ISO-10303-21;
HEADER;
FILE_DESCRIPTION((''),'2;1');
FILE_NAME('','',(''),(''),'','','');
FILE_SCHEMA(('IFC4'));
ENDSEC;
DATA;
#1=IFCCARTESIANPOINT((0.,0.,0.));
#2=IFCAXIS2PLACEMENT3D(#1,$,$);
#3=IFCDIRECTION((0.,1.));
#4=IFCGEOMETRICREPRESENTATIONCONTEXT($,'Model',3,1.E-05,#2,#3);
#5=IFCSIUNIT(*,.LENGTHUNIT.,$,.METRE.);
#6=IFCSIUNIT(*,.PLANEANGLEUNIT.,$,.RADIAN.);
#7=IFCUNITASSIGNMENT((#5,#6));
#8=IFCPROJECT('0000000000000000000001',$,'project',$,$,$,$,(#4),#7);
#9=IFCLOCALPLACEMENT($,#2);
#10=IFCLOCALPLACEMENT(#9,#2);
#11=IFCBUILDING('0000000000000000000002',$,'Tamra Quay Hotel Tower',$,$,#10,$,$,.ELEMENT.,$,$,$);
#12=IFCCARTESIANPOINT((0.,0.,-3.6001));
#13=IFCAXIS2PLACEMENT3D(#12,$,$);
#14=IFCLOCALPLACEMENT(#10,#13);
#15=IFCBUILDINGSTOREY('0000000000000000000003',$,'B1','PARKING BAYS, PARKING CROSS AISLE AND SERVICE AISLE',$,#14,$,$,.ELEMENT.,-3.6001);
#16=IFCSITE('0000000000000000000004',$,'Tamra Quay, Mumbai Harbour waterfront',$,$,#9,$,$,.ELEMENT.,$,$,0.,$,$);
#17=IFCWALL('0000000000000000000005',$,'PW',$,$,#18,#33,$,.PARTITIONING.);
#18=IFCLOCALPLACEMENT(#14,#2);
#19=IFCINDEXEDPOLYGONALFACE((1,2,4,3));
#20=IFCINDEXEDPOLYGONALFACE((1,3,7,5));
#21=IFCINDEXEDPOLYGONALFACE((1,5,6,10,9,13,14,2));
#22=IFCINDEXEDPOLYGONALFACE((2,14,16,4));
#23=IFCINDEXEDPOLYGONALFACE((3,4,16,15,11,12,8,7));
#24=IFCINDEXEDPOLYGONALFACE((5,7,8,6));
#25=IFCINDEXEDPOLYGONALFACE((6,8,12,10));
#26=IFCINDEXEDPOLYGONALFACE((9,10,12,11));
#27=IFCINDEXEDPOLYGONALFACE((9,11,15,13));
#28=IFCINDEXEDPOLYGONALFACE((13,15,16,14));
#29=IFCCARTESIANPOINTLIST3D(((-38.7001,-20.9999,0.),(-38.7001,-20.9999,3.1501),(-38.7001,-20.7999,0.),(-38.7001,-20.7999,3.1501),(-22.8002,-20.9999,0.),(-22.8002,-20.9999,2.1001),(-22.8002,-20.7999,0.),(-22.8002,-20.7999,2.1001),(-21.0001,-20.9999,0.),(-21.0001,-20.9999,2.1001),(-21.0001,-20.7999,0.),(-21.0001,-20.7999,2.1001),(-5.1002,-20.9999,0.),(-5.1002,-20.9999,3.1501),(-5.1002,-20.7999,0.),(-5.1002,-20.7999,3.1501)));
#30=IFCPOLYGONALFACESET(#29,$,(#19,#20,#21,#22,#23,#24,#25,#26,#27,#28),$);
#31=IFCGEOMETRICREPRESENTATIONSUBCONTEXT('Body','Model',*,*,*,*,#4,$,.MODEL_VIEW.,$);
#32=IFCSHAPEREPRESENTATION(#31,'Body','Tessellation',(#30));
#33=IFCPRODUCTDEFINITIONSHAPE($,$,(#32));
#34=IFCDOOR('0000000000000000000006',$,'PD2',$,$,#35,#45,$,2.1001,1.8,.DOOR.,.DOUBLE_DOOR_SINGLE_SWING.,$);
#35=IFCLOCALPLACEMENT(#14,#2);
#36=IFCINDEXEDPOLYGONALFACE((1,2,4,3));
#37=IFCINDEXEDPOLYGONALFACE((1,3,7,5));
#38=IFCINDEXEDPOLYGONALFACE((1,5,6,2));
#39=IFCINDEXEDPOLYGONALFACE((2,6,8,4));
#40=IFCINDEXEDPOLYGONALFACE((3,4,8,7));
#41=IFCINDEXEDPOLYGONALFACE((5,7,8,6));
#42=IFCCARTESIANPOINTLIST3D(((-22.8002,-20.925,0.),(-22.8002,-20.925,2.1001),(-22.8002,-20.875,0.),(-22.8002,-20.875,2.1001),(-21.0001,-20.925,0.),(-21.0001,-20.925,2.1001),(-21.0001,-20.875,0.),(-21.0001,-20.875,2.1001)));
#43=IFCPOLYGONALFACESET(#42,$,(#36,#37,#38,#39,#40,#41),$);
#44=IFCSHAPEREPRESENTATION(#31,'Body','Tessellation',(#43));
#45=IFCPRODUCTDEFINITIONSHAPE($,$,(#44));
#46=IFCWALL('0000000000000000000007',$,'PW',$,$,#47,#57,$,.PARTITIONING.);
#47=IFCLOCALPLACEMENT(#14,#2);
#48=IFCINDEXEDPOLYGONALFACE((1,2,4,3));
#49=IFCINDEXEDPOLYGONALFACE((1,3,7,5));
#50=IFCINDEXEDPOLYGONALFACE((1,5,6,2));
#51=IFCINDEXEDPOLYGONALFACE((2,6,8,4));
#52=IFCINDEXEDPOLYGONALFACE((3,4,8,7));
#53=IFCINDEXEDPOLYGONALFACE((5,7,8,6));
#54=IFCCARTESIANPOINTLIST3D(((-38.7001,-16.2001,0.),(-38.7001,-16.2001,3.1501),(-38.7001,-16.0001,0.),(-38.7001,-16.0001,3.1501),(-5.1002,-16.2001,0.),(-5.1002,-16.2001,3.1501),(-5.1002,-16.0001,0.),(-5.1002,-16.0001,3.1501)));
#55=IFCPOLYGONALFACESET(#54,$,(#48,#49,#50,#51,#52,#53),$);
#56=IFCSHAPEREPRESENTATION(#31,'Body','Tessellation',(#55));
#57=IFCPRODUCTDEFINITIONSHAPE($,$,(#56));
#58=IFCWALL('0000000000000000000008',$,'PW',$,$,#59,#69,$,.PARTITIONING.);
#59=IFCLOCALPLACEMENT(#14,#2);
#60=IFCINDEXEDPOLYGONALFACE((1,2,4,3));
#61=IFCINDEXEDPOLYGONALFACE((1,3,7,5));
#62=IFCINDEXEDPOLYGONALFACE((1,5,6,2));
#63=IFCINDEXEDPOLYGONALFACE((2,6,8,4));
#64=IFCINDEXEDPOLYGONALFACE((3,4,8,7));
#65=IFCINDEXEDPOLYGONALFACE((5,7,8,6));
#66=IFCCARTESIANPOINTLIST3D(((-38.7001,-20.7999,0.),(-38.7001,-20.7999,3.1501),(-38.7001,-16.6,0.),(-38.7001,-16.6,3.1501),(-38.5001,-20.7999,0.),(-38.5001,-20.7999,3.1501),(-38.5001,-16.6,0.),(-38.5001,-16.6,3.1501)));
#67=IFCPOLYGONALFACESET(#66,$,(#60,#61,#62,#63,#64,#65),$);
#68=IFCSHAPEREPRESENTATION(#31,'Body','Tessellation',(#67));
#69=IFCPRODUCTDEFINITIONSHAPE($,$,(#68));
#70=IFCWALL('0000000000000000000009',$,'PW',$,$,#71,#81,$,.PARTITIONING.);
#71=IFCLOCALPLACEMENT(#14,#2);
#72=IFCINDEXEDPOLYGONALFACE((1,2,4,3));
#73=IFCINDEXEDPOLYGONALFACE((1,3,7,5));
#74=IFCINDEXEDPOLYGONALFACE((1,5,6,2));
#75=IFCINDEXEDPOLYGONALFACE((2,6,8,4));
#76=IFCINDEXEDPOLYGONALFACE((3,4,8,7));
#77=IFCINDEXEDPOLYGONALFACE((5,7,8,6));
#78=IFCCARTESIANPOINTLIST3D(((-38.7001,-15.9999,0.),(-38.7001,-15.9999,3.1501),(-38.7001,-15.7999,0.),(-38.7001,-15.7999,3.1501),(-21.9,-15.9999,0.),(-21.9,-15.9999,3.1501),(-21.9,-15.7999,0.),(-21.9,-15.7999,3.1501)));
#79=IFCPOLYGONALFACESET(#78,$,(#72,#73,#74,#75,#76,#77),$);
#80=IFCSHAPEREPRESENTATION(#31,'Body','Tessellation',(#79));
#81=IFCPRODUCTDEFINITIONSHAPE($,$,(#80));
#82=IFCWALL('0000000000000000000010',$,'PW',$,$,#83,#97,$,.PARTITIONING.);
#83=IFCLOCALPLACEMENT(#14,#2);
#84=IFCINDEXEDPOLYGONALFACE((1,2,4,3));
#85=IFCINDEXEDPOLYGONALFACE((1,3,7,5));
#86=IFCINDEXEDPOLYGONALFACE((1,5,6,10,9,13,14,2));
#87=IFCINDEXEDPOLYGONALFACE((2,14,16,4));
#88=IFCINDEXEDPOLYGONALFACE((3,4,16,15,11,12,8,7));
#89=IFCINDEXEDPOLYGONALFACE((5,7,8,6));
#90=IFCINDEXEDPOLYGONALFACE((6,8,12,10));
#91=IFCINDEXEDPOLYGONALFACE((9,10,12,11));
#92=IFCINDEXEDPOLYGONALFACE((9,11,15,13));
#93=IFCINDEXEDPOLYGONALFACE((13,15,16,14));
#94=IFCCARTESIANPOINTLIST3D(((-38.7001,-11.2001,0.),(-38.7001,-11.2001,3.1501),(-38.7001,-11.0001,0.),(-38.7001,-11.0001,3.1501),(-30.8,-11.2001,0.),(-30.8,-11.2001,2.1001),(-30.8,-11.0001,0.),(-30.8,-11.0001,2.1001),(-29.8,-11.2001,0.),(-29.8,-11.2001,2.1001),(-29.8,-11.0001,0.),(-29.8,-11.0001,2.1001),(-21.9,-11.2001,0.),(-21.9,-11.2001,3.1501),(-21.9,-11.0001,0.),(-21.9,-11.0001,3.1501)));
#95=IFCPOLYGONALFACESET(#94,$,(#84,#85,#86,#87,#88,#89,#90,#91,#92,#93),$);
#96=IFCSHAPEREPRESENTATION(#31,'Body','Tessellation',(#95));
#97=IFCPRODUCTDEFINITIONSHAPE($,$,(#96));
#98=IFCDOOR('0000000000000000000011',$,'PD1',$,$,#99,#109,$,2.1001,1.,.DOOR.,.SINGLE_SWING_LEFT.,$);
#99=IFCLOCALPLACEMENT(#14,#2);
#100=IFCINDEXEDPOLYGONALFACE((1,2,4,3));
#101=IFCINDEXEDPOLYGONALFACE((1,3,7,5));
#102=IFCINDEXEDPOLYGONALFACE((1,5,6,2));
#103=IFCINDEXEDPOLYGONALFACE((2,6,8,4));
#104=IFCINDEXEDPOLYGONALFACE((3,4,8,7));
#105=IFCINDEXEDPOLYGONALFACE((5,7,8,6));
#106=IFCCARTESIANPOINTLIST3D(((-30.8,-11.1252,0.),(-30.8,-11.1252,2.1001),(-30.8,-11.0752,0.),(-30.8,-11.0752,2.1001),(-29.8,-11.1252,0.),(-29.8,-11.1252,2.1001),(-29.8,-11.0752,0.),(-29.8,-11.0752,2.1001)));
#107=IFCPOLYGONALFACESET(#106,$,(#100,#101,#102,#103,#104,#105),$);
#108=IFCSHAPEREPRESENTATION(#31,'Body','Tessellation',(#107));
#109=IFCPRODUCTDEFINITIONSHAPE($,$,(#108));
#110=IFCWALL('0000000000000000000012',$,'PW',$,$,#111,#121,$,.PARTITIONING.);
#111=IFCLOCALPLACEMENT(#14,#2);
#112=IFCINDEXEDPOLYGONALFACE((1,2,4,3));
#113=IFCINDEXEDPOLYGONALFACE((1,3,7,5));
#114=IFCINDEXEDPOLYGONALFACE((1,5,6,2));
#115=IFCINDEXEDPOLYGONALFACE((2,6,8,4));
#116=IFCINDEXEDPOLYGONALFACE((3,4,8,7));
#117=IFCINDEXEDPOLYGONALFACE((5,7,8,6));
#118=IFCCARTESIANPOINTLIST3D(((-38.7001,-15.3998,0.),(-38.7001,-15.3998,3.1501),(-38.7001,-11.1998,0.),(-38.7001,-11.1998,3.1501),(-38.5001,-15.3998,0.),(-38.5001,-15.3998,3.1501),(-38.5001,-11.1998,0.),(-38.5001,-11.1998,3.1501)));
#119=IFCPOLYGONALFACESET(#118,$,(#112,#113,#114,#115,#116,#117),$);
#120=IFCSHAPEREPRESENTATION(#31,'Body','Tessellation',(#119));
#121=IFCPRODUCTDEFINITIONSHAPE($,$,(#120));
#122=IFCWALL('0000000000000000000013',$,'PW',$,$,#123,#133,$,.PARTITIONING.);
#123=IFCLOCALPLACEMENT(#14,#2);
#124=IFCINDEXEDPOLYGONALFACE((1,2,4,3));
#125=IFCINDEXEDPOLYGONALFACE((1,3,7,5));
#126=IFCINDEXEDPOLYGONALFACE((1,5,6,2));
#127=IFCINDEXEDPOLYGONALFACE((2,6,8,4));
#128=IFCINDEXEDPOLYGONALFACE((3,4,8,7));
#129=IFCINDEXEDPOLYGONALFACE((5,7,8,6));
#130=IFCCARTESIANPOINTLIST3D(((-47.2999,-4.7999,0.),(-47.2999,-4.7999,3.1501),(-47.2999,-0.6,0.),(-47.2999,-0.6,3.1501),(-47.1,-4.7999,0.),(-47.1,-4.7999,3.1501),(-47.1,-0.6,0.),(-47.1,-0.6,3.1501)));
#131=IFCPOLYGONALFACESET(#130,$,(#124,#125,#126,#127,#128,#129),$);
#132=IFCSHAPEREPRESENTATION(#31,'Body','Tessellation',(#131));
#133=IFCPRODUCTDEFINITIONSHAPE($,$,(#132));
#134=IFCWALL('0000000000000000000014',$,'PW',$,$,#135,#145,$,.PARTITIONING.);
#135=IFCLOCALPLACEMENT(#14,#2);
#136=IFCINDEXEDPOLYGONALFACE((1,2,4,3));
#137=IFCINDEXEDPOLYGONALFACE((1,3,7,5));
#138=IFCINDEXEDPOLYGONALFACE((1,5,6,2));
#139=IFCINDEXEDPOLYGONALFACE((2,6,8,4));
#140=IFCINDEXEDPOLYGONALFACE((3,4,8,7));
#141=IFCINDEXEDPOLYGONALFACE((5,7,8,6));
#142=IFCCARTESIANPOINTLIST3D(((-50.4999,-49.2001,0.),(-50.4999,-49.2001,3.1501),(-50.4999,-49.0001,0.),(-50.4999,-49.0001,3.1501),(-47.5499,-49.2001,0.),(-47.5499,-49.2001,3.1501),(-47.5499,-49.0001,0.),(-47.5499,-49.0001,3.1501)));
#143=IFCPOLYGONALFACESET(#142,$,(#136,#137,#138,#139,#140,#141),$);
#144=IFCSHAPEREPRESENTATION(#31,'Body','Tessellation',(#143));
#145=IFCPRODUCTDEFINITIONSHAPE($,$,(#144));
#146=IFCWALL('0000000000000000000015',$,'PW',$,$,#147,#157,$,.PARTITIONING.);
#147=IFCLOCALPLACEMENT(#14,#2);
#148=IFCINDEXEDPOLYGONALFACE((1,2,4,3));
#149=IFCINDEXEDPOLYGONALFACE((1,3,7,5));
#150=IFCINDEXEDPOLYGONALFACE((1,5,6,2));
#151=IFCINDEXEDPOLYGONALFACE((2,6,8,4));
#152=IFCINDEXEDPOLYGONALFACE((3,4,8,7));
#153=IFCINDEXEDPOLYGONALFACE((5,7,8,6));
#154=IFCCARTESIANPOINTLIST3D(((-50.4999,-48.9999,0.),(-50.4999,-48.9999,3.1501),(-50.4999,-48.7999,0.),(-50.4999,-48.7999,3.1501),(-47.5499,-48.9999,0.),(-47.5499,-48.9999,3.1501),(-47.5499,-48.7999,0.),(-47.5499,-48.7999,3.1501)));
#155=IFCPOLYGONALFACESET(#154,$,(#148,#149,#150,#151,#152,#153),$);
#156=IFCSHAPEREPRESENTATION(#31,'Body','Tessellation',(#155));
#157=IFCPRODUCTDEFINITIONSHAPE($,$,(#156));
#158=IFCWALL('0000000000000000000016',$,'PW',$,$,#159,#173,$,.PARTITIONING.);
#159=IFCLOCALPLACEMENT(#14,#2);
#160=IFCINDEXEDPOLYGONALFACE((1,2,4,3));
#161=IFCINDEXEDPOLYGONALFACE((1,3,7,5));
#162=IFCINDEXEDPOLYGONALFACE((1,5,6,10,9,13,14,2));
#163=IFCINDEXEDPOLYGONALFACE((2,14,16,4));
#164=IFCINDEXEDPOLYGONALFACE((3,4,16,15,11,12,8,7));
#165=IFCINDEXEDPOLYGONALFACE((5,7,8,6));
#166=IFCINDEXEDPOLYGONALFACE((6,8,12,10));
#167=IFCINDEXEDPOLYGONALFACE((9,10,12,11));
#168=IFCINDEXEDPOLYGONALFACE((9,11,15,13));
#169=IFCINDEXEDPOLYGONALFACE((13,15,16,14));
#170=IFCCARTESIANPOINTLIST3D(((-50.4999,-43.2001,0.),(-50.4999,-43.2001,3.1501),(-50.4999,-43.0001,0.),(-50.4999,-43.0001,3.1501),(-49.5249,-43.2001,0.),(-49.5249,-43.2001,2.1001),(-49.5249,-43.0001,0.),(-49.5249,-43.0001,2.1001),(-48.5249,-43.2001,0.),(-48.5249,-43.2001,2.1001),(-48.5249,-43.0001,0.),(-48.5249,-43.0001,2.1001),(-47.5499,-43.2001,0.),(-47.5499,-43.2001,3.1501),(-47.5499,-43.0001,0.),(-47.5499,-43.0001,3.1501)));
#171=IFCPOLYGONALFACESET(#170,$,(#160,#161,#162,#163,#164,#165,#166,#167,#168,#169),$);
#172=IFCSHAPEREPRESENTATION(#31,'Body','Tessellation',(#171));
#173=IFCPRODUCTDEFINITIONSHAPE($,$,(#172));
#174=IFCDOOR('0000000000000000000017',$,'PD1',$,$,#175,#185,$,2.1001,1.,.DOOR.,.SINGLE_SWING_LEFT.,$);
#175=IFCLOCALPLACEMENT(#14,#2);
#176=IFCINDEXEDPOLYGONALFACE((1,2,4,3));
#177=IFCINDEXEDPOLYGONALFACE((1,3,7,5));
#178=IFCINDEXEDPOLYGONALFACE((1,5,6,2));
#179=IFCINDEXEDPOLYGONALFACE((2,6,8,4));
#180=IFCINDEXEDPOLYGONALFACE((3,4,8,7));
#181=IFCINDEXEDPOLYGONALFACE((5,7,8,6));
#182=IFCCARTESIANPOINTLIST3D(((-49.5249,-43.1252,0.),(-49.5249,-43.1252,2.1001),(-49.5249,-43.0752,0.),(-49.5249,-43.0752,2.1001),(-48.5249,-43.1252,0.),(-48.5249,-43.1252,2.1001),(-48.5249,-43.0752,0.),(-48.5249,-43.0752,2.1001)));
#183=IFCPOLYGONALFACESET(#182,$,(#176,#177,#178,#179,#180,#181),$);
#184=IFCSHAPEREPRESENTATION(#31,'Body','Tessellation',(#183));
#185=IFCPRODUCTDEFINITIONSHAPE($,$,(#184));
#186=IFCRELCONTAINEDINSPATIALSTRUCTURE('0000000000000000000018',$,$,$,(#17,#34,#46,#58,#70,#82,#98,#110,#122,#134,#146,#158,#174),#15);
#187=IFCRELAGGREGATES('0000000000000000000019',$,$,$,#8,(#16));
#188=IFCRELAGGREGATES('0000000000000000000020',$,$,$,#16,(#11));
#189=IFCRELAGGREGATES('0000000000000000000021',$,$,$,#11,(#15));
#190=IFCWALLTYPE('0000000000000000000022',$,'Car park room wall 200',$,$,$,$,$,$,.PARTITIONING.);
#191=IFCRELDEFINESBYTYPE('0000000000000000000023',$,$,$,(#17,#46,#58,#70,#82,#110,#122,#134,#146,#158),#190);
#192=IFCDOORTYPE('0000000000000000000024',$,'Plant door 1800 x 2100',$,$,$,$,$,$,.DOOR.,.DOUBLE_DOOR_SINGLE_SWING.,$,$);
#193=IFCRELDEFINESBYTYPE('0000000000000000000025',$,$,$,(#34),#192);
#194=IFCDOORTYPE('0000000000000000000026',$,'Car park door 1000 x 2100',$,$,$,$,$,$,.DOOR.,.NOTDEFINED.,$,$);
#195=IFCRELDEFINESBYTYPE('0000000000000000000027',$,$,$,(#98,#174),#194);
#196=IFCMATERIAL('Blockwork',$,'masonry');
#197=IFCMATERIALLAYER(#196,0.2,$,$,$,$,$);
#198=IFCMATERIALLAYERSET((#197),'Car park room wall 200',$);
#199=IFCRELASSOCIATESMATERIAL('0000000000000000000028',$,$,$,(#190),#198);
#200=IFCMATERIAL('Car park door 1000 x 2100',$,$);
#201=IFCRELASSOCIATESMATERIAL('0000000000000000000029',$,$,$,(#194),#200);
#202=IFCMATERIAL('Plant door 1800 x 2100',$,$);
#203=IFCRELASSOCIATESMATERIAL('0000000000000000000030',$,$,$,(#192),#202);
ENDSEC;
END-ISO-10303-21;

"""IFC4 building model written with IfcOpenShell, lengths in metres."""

from ifc_helpers import new_model, si_unit, direction, frame, frame_2d, origin, place, context, subcontext, project, spatial, rectangle, extrude, material, layer, layer_set, type_object, element, fill, save


model = new_model("IFC4")

# Units and contexts
model_context = context("Model", 3, precision=1e-05, world=origin(), true_north=direction((0.0, 1.0)))
body_context = subcontext(model_context, "Body", "Model", "MODEL_VIEW")
ifc_project = project(units=[si_unit("LENGTHUNIT", "METRE"), si_unit("PLANEANGLEUNIT", "RADIAN")], contexts=[model_context])

# Site, building, storey
site_placement = place(None, origin())
site = spatial("IfcSite", under=ifc_project, at=site_placement, Name="Tamra Quay, Mumbai Harbour waterfront", CompositionType="ELEMENT", RefElevation=0.0)
building_placement = place(site_placement, origin())
building = spatial("IfcBuilding", under=site, at=building_placement, Name="Tamra Quay Hotel Tower", CompositionType="ELEMENT")
storey_placement = place(building_placement, frame((0.0, 0.0, -3.6001)))
storey = spatial("IfcBuildingStorey", under=building, at=storey_placement, Name="B1", Description="PARKING BAYS, PARKING CROSS AISLE AND SERVICE AISLE", CompositionType="ELEMENT", Elevation=-3.6001)

# Shared definitions
ifc_material_1 = material(Name="Blockwork", Category="masonry")
ifc_layer_1 = layer(ifc_material_1, 0.2)
ifc_layer_set_1 = layer_set([ifc_layer_1], Name="Car park room wall 200")
wall_type_1 = type_object("IfcWallType", Name="Car park room wall 200", PredefinedType="PARTITIONING", material=ifc_layer_set_1)

# Shared definitions
ifc_material_2 = material(Name="Car park door 1000 x 2100")
door_type_1 = type_object("IfcDoorType", Name="Car park door 1000 x 2100", OperationType="NOTDEFINED", PredefinedType="DOOR", material=ifc_material_2)

# Wall, opening, door
wall_1_placement = place(storey_placement, frame((-38.7, -20.8999, 0.0), z_axis=(0.0, 0.0, 1.0), x_axis=(1.0, 0.0, 0.0)))
wall_1 = element("IfcWall", 1, at=wall_1_placement, inside=storey, type_object=wall_type_1, Name="PW", PredefinedType="PARTITIONING", context=body_context, shape_type="SweptSolid", body=[
    extrude(rectangle(XDim=33.5999, YDim=0.2, at=frame_2d((16.7998, 0.0))), origin(), (0.0, 0.0, 1.0), 3.1501),
])
opening_1_placement = place(wall_1_placement, frame((15.8999, 0.0, 0.0)))
opening_1 = element("IfcOpeningElement", 2, at=opening_1_placement, cuts=wall_1, PredefinedType="OPENING", context=body_context, shape_type="SweptSolid", body=[
    extrude(rectangle(XDim=1.8, YDim=2.1001, at=frame_2d((0.8999, 1.05))), frame((0.0, 0.1099, 0.0), z_axis=(0.0, -1.0, 0.0), x_axis=(1.0, 0.0, 0.0)), (0.0, 0.0, 1.0), 0.22),
])
ifc_material_3 = material(Name="Plant door 1800 x 2100")
door_type_2 = type_object("IfcDoorType", Name="Plant door 1800 x 2100", OperationType="DOUBLE_DOOR_SINGLE_SWING", PredefinedType="DOOR", material=ifc_material_3)
door_1_placement = place(opening_1_placement, origin())
door_1 = element("IfcDoor", 3, at=door_1_placement, inside=storey, type_object=door_type_2, Name="PD2", OperationType="DOUBLE_DOOR_SINGLE_SWING", OverallHeight=2.1001, OverallWidth=1.8, PredefinedType="DOOR", context=body_context, shape_type="SweptSolid", body=[
    extrude(rectangle(XDim=1.8, YDim=2.1001, at=frame_2d((0.8999, 1.05))), frame((0.0, 0.0249, 0.0), z_axis=(0.0, -1.0, 0.0), x_axis=(1.0, 0.0, 0.0)), (0.0, 0.0, 1.0), 0.05),
])
fill(opening_1, door_1)

# Walls
wall_2_placement = place(storey_placement, frame((-38.7, -16.1001, 0.0), z_axis=(0.0, 0.0, 1.0), x_axis=(1.0, 0.0, 0.0)))
element("IfcWall", 4, at=wall_2_placement, inside=storey, type_object=wall_type_1, Name="PW", PredefinedType="PARTITIONING", context=body_context, shape_type="SweptSolid", body=[
    extrude(rectangle(XDim=33.5999, YDim=0.2, at=frame_2d((16.7998, 0.0))), origin(), (0.0, 0.0, 1.0), 3.1501),
])
wall_3_placement = place(storey_placement, frame((-38.6001, -20.8, 0.0), z_axis=(0.0, 0.0, 1.0), x_axis=(0.0, 1.0, 0.0)))
element("IfcWall", 5, at=wall_3_placement, inside=storey, type_object=wall_type_1, Name="PW", PredefinedType="PARTITIONING", context=body_context, shape_type="SweptSolid", body=[
    extrude(rectangle(XDim=4.2, YDim=0.2, at=frame_2d((2.1001, 0.0))), origin(), (0.0, 0.0, 1.0), 3.1501),
])
wall_4_placement = place(storey_placement, frame((-38.7, -15.8999, 0.0), z_axis=(0.0, 0.0, 1.0), x_axis=(1.0, 0.0, 0.0)))
element("IfcWall", 6, at=wall_4_placement, inside=storey, type_object=wall_type_1, Name="PW", PredefinedType="PARTITIONING", context=body_context, shape_type="SweptSolid", body=[
    extrude(rectangle(XDim=16.8, YDim=0.2, at=frame_2d((8.3999, 0.0))), origin(), (0.0, 0.0, 1.0), 3.1501),
])

# Wall, opening, door
wall_5_placement = place(storey_placement, frame((-38.7, -11.1001, 0.0), z_axis=(0.0, 0.0, 1.0), x_axis=(1.0, 0.0, 0.0)))
wall_5 = element("IfcWall", 7, at=wall_5_placement, inside=storey, type_object=wall_type_1, Name="PW", PredefinedType="PARTITIONING", context=body_context, shape_type="SweptSolid", body=[
    extrude(rectangle(XDim=16.8, YDim=0.2, at=frame_2d((8.3999, 0.0))), origin(), (0.0, 0.0, 1.0), 3.1501),
])
opening_2_placement = place(wall_5_placement, frame((7.8999, 0.0, 0.0)))
opening_2 = element("IfcOpeningElement", 8, at=opening_2_placement, cuts=wall_5, PredefinedType="OPENING", context=body_context, shape_type="SweptSolid", body=[
    extrude(rectangle(XDim=1.0, YDim=2.1001, at=frame_2d((0.5, 1.05))), frame((0.0, 0.1099, 0.0), z_axis=(0.0, -1.0, 0.0), x_axis=(1.0, 0.0, 0.0)), (0.0, 0.0, 1.0), 0.22),
])
door_2_placement = place(opening_2_placement, origin())
door_2 = element("IfcDoor", 9, at=door_2_placement, inside=storey, type_object=door_type_1, Name="PD1", OperationType="SINGLE_SWING_LEFT", OverallHeight=2.1001, OverallWidth=1.0, PredefinedType="DOOR", context=body_context, shape_type="SweptSolid", body=[
    extrude(rectangle(XDim=1.0, YDim=2.1001, at=frame_2d((0.5, 1.05))), frame((0.0, 0.0249, 0.0), z_axis=(0.0, -1.0, 0.0), x_axis=(1.0, 0.0, 0.0)), (0.0, 0.0, 1.0), 0.05),
])
fill(opening_2, door_2)

# Walls
for number, where, z_axis, x_axis, name in (
    (10, (-38.6001, -15.3999, 0.0), (0.0, 0.0, 1.0), (0.0, 1.0, 0.0), "PW"),
    (11, (-47.2, -4.8, 0.0), (0.0, 0.0, 1.0), (0.0, 1.0, 0.0), "PW"),
):
    element("IfcWall", number, at=place(storey_placement, frame(where, z_axis=z_axis, x_axis=x_axis)), inside=storey, type_object=wall_type_1, Name=name, PredefinedType="PARTITIONING", context=body_context, shape_type="SweptSolid", body=[
        extrude(rectangle(XDim=4.2, YDim=0.2, at=frame_2d((2.1001, 0.0))), origin(), (0.0, 0.0, 1.0), 3.1501),
    ])
for number, where, z_axis, x_axis, name in (
    (12, (-50.5, -49.1001, 0.0), (0.0, 0.0, 1.0), (1.0, 0.0, 0.0), "PW"),
    (13, (-50.5, -48.8999, 0.0), (0.0, 0.0, 1.0), (1.0, 0.0, 0.0), "PW"),
):
    element("IfcWall", number, at=place(storey_placement, frame(where, z_axis=z_axis, x_axis=x_axis)), inside=storey, type_object=wall_type_1, Name=name, PredefinedType="PARTITIONING", context=body_context, shape_type="SweptSolid", body=[
        extrude(rectangle(XDim=2.95, YDim=0.2, at=frame_2d((1.4751, 0.0))), origin(), (0.0, 0.0, 1.0), 3.1501),
    ])

# Wall, opening, door
wall_6_placement = place(storey_placement, frame((-50.5, -43.1001, 0.0), z_axis=(0.0, 0.0, 1.0), x_axis=(1.0, 0.0, 0.0)))
wall_6 = element("IfcWall", 14, at=wall_6_placement, inside=storey, type_object=wall_type_1, Name="PW", PredefinedType="PARTITIONING", context=body_context, shape_type="SweptSolid", body=[
    extrude(rectangle(XDim=2.95, YDim=0.2, at=frame_2d((1.4751, 0.0))), origin(), (0.0, 0.0, 1.0), 3.1501),
])
opening_3_placement = place(wall_6_placement, frame((0.9751, 0.0, 0.0)))
opening_3 = element("IfcOpeningElement", 15, at=opening_3_placement, cuts=wall_6, PredefinedType="OPENING", context=body_context, shape_type="SweptSolid", body=[
    extrude(rectangle(XDim=1.0, YDim=2.1001, at=frame_2d((0.5, 1.05))), frame((0.0, 0.1099, 0.0), z_axis=(0.0, -1.0, 0.0), x_axis=(1.0, 0.0, 0.0)), (0.0, 0.0, 1.0), 0.22),
])
door_3_placement = place(opening_3_placement, origin())
door_3 = element("IfcDoor", 16, at=door_3_placement, inside=storey, type_object=door_type_1, Name="PD1", OperationType="SINGLE_SWING_LEFT", OverallHeight=2.1001, OverallWidth=1.0, PredefinedType="DOOR", context=body_context, shape_type="SweptSolid", body=[
    extrude(rectangle(XDim=1.0, YDim=2.1001, at=frame_2d((0.5, 1.05))), frame((0.0, 0.0249, 0.0), z_axis=(0.0, -1.0, 0.0), x_axis=(1.0, 0.0, 0.0)), (0.0, 0.0, 1.0), 0.05),
])
fill(opening_3, door_3)

save(model, "model.ifc")
